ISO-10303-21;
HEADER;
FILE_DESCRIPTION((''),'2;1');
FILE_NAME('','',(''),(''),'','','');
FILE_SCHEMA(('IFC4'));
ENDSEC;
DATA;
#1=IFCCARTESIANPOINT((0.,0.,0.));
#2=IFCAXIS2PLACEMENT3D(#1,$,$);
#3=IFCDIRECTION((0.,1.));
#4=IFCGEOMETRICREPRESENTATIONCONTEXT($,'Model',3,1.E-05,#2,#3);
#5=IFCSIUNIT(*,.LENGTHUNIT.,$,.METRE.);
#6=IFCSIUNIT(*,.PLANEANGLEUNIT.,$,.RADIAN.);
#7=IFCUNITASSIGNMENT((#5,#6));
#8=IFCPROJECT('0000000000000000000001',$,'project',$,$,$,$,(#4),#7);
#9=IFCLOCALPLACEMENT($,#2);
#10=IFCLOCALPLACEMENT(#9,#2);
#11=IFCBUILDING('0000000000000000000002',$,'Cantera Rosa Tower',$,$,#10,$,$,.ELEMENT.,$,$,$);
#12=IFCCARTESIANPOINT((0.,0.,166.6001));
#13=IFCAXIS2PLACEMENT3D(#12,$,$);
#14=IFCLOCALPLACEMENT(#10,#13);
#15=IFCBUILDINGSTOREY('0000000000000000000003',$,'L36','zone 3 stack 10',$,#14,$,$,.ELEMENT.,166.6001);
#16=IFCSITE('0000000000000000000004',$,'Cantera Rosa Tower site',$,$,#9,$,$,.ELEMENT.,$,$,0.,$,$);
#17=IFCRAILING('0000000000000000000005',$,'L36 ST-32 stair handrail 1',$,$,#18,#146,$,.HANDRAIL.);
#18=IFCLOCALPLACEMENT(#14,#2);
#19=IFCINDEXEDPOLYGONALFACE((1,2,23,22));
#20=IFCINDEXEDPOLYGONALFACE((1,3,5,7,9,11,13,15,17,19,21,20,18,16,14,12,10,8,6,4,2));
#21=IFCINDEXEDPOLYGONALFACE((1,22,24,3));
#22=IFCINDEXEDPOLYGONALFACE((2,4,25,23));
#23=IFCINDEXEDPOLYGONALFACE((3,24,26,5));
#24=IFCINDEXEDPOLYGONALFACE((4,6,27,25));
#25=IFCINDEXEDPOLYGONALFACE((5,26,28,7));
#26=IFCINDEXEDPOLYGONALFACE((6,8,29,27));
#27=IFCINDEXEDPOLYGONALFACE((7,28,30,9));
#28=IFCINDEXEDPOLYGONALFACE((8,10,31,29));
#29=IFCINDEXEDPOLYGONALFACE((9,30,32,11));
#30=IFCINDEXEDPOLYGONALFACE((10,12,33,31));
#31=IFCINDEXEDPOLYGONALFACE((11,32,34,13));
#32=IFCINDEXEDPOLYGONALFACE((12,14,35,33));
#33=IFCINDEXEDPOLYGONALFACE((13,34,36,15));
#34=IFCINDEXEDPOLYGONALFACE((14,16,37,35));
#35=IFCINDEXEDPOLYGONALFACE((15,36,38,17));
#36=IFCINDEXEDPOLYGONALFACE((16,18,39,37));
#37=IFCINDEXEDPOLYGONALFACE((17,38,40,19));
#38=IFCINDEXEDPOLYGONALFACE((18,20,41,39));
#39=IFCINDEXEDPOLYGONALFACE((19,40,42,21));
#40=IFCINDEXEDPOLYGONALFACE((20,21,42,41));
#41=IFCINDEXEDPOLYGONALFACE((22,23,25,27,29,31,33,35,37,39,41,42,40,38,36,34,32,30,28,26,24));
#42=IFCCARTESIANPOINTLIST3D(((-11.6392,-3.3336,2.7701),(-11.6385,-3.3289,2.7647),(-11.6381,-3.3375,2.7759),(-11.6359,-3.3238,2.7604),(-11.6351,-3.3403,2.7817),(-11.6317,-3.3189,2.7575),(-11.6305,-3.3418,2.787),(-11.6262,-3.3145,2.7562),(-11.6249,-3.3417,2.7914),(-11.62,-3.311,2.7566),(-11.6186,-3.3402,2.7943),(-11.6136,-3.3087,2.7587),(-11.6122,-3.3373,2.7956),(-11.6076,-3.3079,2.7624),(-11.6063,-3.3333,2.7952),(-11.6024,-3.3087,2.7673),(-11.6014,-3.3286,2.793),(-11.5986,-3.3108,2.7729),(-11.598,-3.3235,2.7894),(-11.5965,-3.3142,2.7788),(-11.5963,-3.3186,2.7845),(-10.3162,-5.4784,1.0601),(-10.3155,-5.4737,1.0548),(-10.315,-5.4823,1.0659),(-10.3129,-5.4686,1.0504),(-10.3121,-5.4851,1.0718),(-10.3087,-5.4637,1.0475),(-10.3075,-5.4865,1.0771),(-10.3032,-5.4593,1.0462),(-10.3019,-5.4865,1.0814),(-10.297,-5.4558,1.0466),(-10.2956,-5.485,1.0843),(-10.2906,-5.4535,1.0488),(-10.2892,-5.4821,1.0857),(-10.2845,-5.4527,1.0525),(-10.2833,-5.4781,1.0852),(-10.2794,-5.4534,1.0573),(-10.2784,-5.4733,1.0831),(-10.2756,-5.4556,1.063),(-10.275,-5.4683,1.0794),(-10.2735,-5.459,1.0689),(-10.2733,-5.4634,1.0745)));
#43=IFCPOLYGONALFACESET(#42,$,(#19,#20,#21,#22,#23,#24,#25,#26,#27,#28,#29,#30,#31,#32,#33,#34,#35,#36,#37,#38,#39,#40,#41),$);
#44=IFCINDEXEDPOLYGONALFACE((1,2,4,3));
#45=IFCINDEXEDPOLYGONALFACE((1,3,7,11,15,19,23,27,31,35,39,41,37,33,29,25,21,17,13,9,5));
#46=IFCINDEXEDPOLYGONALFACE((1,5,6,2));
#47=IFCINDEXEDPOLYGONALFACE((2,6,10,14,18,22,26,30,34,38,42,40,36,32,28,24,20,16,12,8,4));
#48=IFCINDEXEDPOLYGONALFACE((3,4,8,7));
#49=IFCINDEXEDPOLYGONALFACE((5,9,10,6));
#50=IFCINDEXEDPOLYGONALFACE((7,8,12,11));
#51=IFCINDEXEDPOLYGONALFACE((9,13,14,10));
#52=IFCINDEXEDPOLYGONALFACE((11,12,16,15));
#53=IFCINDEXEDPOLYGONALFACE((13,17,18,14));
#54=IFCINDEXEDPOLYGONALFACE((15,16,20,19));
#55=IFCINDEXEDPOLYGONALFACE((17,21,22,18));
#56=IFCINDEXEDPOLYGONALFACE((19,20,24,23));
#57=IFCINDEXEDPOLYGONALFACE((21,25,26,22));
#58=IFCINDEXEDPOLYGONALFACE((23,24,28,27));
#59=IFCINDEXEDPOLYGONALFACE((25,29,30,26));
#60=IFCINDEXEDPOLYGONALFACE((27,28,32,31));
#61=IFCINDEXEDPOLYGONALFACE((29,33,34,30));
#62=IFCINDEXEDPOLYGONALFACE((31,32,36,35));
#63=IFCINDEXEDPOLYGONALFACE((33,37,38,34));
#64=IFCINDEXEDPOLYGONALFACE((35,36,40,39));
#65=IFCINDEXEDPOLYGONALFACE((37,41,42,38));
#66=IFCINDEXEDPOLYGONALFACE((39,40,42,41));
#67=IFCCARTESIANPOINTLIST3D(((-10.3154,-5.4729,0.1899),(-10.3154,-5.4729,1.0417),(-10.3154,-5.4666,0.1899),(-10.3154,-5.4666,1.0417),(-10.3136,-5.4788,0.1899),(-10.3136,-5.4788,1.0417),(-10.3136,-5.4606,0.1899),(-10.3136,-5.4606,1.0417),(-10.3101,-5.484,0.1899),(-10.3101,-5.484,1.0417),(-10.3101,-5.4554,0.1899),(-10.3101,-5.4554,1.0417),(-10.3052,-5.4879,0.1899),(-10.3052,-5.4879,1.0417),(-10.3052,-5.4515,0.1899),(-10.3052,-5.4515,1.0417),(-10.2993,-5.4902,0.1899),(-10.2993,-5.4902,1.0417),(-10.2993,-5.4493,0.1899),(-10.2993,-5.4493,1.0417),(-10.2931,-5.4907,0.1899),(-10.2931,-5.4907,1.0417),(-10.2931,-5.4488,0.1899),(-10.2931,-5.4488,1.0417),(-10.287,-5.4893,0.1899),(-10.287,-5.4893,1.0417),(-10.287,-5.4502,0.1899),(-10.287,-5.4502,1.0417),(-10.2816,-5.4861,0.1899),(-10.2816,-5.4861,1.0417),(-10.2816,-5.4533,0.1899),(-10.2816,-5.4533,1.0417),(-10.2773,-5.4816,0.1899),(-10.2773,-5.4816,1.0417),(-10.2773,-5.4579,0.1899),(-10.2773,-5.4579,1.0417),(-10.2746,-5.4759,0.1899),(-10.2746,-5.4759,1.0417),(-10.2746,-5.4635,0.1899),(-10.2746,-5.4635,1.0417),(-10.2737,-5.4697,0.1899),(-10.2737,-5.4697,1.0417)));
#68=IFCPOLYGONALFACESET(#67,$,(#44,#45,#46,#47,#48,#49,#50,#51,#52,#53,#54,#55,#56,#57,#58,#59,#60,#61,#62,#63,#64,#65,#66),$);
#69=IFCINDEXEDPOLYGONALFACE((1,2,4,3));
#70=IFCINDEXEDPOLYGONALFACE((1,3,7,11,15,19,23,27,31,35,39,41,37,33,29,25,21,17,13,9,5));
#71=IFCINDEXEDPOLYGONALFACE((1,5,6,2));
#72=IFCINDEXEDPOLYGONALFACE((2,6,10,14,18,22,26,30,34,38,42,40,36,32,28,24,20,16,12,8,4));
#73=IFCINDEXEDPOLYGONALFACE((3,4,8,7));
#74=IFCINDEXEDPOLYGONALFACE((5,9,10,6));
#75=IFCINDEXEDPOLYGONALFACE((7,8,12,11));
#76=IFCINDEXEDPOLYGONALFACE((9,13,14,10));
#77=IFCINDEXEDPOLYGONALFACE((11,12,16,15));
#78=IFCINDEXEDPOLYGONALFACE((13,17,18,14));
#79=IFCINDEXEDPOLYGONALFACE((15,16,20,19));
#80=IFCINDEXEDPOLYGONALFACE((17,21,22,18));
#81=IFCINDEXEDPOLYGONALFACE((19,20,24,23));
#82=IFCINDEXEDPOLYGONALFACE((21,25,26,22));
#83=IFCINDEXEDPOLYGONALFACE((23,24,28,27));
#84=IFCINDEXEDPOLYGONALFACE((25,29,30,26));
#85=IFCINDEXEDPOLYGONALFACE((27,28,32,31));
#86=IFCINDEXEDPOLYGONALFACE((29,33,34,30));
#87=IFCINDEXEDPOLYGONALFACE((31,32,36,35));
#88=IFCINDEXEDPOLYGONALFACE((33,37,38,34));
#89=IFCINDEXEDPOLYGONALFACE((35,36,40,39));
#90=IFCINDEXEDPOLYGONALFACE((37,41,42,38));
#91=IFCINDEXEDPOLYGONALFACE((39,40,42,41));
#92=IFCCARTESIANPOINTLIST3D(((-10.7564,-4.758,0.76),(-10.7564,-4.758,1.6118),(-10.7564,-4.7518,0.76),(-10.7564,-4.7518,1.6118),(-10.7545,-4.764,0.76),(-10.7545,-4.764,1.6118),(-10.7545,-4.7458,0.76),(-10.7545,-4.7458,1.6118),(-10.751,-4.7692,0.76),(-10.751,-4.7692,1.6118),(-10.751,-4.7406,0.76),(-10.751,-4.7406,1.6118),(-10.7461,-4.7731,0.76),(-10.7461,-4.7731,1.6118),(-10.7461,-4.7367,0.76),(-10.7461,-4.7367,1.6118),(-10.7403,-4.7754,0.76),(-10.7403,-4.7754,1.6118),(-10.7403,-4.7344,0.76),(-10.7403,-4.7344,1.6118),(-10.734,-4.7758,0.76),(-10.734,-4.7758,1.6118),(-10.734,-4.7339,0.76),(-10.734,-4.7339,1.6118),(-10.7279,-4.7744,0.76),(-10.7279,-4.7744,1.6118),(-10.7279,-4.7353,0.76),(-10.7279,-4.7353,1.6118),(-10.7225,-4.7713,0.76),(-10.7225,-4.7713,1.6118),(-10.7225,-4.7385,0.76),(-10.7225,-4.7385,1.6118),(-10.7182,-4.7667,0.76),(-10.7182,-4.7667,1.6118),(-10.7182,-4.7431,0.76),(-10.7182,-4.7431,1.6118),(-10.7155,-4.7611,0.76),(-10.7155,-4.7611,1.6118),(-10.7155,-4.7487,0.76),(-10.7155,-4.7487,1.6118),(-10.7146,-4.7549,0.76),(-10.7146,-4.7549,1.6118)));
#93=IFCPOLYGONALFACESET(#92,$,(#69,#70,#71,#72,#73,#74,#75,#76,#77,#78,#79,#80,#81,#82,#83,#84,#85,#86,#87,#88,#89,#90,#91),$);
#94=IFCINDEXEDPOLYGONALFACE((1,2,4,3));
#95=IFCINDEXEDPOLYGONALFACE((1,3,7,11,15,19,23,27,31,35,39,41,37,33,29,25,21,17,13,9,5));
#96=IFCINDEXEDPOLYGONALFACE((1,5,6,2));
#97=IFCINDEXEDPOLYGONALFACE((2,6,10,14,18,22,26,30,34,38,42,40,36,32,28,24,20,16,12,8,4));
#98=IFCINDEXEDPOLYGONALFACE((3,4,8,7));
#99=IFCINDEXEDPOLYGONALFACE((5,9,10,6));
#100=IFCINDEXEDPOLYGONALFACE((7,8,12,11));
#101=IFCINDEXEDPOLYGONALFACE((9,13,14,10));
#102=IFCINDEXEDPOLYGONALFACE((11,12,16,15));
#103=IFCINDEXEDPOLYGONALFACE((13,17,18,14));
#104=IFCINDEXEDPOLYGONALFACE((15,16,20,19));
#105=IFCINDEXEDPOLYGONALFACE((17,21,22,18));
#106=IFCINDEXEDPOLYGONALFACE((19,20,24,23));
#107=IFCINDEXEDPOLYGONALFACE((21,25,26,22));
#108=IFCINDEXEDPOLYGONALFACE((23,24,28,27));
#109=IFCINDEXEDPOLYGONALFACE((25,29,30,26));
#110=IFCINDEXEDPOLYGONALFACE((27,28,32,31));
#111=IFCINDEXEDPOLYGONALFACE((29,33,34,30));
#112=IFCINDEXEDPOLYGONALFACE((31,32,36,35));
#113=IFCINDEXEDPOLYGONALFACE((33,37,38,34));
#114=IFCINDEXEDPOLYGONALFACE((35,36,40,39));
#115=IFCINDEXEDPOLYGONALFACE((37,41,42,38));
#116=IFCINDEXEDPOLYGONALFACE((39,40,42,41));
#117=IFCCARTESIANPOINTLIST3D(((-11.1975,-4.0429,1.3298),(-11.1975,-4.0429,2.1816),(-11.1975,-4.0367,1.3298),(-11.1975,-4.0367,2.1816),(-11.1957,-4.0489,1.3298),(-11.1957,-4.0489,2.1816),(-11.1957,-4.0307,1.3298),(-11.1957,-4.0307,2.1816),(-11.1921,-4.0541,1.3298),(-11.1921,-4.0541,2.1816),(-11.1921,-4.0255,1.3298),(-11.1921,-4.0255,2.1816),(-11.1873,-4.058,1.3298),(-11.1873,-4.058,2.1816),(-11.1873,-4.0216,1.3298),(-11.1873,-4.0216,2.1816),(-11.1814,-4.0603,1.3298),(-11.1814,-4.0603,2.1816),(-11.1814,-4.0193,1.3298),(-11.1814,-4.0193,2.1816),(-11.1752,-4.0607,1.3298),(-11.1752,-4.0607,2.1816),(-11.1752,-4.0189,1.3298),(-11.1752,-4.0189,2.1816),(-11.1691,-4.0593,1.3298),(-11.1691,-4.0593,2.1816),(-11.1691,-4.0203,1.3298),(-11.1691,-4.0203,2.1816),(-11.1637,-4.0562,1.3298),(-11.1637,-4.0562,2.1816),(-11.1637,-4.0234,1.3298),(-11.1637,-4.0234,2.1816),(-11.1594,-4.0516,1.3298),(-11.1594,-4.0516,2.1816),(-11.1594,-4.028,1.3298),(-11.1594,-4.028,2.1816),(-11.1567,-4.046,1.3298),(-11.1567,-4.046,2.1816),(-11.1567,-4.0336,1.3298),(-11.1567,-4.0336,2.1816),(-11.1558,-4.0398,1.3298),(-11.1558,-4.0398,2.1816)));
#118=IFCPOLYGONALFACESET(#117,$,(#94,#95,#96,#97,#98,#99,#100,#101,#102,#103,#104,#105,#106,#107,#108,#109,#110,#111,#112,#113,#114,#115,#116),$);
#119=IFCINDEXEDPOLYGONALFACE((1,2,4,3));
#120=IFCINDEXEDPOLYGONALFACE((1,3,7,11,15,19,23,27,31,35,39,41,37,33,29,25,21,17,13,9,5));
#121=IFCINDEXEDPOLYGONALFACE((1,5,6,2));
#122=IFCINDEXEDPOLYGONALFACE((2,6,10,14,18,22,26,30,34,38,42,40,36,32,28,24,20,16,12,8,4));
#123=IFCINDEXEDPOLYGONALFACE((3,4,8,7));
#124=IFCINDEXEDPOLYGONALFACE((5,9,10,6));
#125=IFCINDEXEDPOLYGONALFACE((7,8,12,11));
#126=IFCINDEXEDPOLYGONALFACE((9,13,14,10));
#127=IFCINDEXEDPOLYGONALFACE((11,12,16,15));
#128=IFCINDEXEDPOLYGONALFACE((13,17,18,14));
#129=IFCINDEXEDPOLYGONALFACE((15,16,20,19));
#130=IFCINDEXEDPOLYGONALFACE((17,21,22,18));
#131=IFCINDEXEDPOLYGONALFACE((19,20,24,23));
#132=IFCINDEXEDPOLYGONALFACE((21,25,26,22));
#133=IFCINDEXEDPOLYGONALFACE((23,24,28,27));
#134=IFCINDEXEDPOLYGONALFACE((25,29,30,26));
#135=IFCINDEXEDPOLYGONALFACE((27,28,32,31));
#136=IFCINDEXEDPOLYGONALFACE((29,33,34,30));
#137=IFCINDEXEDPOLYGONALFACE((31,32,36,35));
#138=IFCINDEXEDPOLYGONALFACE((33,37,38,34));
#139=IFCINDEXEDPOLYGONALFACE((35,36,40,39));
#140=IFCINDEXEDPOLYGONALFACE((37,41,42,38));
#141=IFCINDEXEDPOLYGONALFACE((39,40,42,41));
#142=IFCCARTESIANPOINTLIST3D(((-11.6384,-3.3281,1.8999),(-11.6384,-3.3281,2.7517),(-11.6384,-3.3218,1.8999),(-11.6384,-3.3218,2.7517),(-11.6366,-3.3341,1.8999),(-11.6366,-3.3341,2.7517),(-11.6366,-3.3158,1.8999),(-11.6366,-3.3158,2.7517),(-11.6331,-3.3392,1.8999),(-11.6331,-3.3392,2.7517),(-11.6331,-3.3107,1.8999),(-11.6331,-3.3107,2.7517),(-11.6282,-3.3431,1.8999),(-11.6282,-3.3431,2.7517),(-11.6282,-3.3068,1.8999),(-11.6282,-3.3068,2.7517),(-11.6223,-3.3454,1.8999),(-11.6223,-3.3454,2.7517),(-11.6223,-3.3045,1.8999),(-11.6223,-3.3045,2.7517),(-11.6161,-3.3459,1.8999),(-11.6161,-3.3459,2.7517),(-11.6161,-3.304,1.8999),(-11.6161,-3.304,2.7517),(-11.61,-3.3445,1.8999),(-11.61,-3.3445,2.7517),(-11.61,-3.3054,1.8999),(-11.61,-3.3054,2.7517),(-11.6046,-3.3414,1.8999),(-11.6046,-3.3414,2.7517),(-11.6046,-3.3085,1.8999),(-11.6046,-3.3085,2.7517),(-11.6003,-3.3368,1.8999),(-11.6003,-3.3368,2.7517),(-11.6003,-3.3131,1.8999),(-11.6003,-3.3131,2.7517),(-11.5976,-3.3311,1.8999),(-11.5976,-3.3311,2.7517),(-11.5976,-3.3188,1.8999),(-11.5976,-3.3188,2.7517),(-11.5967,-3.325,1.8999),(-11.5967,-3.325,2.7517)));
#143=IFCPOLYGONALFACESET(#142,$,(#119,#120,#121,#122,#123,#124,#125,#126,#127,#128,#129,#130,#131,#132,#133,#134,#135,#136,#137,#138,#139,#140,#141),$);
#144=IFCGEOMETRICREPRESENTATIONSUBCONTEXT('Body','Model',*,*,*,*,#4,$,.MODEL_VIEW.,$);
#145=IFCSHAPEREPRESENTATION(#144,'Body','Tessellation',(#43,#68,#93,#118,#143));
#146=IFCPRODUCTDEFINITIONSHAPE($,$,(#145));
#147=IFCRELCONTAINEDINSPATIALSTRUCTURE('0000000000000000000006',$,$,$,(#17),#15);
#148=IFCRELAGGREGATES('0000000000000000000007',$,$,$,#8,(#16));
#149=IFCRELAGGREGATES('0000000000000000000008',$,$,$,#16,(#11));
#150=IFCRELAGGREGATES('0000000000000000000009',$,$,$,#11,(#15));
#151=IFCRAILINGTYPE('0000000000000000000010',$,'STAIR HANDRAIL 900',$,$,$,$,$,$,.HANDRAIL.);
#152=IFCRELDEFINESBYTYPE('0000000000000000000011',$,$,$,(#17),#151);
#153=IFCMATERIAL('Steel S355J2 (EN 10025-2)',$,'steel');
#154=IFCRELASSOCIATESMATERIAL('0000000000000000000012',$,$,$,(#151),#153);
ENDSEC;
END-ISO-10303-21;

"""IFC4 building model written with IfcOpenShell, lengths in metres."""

from ifc_helpers import new_model, si_unit, direction, frame, origin, origin_2d, place, context, subcontext, project, spatial, circle, extrude, material, type_object, element, save


model = new_model("IFC4")

# Units and contexts
model_context = context("Model", 3, precision=1e-05, world=origin(), true_north=direction((0.0, 1.0)))
body_context = subcontext(model_context, "Body", "Model", "MODEL_VIEW")
ifc_project = project(units=[si_unit("LENGTHUNIT", "METRE"), si_unit("PLANEANGLEUNIT", "RADIAN")], contexts=[model_context])

# Site, building, storey
site_placement = place(None, origin())
site = spatial("IfcSite", under=ifc_project, at=site_placement, Name="Cantera Rosa Tower site", CompositionType="ELEMENT", RefElevation=0.0)
building_placement = place(site_placement, origin())
building = spatial("IfcBuilding", under=site, at=building_placement, Name="Cantera Rosa Tower", CompositionType="ELEMENT")
storey_placement = place(building_placement, frame((0.0, 0.0, 166.6001)))
storey = spatial("IfcBuildingStorey", under=building, at=storey_placement, Name="L36", Description="zone 3 stack 10", CompositionType="ELEMENT", Elevation=166.6001)

# Railing
ifc_material_1 = material(Name="Steel S355J2 (EN 10025-2)", Category="steel")
railing_type_1 = type_object("IfcRailingType", Name="STAIR HANDRAIL 900", PredefinedType="HANDRAIL", material=ifc_material_1)
railing_1_placement = place(storey_placement, frame((-10.2947, -5.4697, 0.1899)))
element("IfcRailing", 1, at=railing_1_placement, inside=storey, type_object=railing_type_1, Name="L36 ST-32 stair handrail 1", PredefinedType="HANDRAIL", context=body_context, shape_type="SweptSolid", body=[
    extrude(circle(Radius=0.0239, at=origin_2d()), frame((0.0, 0.0, 0.876), z_axis=(-0.434428, 0.704271, 0.561493), x_axis=(-0.851102, -0.525, 0.0)), (0.0, 0.0, 1.0), 3.0454),
    extrude(circle(Radius=0.021, at=origin_2d()), origin(), (0.0, 0.0, 1.0), 0.8518),
    extrude(circle(Radius=0.021, at=origin_2d()), frame((-0.4409, 0.7148, 0.5701)), (0.0, 0.0, 1.0), 0.8518),
    extrude(circle(Radius=0.021, at=origin_2d()), frame((-0.8821, 1.4299, 1.1399)), (0.0, 0.0, 1.0), 0.8518),
    extrude(circle(Radius=0.021, at=origin_2d()), frame((-1.323, 2.1448, 1.71)), (0.0, 0.0, 1.0), 0.8518),
])

save(model, "model.ifc")
